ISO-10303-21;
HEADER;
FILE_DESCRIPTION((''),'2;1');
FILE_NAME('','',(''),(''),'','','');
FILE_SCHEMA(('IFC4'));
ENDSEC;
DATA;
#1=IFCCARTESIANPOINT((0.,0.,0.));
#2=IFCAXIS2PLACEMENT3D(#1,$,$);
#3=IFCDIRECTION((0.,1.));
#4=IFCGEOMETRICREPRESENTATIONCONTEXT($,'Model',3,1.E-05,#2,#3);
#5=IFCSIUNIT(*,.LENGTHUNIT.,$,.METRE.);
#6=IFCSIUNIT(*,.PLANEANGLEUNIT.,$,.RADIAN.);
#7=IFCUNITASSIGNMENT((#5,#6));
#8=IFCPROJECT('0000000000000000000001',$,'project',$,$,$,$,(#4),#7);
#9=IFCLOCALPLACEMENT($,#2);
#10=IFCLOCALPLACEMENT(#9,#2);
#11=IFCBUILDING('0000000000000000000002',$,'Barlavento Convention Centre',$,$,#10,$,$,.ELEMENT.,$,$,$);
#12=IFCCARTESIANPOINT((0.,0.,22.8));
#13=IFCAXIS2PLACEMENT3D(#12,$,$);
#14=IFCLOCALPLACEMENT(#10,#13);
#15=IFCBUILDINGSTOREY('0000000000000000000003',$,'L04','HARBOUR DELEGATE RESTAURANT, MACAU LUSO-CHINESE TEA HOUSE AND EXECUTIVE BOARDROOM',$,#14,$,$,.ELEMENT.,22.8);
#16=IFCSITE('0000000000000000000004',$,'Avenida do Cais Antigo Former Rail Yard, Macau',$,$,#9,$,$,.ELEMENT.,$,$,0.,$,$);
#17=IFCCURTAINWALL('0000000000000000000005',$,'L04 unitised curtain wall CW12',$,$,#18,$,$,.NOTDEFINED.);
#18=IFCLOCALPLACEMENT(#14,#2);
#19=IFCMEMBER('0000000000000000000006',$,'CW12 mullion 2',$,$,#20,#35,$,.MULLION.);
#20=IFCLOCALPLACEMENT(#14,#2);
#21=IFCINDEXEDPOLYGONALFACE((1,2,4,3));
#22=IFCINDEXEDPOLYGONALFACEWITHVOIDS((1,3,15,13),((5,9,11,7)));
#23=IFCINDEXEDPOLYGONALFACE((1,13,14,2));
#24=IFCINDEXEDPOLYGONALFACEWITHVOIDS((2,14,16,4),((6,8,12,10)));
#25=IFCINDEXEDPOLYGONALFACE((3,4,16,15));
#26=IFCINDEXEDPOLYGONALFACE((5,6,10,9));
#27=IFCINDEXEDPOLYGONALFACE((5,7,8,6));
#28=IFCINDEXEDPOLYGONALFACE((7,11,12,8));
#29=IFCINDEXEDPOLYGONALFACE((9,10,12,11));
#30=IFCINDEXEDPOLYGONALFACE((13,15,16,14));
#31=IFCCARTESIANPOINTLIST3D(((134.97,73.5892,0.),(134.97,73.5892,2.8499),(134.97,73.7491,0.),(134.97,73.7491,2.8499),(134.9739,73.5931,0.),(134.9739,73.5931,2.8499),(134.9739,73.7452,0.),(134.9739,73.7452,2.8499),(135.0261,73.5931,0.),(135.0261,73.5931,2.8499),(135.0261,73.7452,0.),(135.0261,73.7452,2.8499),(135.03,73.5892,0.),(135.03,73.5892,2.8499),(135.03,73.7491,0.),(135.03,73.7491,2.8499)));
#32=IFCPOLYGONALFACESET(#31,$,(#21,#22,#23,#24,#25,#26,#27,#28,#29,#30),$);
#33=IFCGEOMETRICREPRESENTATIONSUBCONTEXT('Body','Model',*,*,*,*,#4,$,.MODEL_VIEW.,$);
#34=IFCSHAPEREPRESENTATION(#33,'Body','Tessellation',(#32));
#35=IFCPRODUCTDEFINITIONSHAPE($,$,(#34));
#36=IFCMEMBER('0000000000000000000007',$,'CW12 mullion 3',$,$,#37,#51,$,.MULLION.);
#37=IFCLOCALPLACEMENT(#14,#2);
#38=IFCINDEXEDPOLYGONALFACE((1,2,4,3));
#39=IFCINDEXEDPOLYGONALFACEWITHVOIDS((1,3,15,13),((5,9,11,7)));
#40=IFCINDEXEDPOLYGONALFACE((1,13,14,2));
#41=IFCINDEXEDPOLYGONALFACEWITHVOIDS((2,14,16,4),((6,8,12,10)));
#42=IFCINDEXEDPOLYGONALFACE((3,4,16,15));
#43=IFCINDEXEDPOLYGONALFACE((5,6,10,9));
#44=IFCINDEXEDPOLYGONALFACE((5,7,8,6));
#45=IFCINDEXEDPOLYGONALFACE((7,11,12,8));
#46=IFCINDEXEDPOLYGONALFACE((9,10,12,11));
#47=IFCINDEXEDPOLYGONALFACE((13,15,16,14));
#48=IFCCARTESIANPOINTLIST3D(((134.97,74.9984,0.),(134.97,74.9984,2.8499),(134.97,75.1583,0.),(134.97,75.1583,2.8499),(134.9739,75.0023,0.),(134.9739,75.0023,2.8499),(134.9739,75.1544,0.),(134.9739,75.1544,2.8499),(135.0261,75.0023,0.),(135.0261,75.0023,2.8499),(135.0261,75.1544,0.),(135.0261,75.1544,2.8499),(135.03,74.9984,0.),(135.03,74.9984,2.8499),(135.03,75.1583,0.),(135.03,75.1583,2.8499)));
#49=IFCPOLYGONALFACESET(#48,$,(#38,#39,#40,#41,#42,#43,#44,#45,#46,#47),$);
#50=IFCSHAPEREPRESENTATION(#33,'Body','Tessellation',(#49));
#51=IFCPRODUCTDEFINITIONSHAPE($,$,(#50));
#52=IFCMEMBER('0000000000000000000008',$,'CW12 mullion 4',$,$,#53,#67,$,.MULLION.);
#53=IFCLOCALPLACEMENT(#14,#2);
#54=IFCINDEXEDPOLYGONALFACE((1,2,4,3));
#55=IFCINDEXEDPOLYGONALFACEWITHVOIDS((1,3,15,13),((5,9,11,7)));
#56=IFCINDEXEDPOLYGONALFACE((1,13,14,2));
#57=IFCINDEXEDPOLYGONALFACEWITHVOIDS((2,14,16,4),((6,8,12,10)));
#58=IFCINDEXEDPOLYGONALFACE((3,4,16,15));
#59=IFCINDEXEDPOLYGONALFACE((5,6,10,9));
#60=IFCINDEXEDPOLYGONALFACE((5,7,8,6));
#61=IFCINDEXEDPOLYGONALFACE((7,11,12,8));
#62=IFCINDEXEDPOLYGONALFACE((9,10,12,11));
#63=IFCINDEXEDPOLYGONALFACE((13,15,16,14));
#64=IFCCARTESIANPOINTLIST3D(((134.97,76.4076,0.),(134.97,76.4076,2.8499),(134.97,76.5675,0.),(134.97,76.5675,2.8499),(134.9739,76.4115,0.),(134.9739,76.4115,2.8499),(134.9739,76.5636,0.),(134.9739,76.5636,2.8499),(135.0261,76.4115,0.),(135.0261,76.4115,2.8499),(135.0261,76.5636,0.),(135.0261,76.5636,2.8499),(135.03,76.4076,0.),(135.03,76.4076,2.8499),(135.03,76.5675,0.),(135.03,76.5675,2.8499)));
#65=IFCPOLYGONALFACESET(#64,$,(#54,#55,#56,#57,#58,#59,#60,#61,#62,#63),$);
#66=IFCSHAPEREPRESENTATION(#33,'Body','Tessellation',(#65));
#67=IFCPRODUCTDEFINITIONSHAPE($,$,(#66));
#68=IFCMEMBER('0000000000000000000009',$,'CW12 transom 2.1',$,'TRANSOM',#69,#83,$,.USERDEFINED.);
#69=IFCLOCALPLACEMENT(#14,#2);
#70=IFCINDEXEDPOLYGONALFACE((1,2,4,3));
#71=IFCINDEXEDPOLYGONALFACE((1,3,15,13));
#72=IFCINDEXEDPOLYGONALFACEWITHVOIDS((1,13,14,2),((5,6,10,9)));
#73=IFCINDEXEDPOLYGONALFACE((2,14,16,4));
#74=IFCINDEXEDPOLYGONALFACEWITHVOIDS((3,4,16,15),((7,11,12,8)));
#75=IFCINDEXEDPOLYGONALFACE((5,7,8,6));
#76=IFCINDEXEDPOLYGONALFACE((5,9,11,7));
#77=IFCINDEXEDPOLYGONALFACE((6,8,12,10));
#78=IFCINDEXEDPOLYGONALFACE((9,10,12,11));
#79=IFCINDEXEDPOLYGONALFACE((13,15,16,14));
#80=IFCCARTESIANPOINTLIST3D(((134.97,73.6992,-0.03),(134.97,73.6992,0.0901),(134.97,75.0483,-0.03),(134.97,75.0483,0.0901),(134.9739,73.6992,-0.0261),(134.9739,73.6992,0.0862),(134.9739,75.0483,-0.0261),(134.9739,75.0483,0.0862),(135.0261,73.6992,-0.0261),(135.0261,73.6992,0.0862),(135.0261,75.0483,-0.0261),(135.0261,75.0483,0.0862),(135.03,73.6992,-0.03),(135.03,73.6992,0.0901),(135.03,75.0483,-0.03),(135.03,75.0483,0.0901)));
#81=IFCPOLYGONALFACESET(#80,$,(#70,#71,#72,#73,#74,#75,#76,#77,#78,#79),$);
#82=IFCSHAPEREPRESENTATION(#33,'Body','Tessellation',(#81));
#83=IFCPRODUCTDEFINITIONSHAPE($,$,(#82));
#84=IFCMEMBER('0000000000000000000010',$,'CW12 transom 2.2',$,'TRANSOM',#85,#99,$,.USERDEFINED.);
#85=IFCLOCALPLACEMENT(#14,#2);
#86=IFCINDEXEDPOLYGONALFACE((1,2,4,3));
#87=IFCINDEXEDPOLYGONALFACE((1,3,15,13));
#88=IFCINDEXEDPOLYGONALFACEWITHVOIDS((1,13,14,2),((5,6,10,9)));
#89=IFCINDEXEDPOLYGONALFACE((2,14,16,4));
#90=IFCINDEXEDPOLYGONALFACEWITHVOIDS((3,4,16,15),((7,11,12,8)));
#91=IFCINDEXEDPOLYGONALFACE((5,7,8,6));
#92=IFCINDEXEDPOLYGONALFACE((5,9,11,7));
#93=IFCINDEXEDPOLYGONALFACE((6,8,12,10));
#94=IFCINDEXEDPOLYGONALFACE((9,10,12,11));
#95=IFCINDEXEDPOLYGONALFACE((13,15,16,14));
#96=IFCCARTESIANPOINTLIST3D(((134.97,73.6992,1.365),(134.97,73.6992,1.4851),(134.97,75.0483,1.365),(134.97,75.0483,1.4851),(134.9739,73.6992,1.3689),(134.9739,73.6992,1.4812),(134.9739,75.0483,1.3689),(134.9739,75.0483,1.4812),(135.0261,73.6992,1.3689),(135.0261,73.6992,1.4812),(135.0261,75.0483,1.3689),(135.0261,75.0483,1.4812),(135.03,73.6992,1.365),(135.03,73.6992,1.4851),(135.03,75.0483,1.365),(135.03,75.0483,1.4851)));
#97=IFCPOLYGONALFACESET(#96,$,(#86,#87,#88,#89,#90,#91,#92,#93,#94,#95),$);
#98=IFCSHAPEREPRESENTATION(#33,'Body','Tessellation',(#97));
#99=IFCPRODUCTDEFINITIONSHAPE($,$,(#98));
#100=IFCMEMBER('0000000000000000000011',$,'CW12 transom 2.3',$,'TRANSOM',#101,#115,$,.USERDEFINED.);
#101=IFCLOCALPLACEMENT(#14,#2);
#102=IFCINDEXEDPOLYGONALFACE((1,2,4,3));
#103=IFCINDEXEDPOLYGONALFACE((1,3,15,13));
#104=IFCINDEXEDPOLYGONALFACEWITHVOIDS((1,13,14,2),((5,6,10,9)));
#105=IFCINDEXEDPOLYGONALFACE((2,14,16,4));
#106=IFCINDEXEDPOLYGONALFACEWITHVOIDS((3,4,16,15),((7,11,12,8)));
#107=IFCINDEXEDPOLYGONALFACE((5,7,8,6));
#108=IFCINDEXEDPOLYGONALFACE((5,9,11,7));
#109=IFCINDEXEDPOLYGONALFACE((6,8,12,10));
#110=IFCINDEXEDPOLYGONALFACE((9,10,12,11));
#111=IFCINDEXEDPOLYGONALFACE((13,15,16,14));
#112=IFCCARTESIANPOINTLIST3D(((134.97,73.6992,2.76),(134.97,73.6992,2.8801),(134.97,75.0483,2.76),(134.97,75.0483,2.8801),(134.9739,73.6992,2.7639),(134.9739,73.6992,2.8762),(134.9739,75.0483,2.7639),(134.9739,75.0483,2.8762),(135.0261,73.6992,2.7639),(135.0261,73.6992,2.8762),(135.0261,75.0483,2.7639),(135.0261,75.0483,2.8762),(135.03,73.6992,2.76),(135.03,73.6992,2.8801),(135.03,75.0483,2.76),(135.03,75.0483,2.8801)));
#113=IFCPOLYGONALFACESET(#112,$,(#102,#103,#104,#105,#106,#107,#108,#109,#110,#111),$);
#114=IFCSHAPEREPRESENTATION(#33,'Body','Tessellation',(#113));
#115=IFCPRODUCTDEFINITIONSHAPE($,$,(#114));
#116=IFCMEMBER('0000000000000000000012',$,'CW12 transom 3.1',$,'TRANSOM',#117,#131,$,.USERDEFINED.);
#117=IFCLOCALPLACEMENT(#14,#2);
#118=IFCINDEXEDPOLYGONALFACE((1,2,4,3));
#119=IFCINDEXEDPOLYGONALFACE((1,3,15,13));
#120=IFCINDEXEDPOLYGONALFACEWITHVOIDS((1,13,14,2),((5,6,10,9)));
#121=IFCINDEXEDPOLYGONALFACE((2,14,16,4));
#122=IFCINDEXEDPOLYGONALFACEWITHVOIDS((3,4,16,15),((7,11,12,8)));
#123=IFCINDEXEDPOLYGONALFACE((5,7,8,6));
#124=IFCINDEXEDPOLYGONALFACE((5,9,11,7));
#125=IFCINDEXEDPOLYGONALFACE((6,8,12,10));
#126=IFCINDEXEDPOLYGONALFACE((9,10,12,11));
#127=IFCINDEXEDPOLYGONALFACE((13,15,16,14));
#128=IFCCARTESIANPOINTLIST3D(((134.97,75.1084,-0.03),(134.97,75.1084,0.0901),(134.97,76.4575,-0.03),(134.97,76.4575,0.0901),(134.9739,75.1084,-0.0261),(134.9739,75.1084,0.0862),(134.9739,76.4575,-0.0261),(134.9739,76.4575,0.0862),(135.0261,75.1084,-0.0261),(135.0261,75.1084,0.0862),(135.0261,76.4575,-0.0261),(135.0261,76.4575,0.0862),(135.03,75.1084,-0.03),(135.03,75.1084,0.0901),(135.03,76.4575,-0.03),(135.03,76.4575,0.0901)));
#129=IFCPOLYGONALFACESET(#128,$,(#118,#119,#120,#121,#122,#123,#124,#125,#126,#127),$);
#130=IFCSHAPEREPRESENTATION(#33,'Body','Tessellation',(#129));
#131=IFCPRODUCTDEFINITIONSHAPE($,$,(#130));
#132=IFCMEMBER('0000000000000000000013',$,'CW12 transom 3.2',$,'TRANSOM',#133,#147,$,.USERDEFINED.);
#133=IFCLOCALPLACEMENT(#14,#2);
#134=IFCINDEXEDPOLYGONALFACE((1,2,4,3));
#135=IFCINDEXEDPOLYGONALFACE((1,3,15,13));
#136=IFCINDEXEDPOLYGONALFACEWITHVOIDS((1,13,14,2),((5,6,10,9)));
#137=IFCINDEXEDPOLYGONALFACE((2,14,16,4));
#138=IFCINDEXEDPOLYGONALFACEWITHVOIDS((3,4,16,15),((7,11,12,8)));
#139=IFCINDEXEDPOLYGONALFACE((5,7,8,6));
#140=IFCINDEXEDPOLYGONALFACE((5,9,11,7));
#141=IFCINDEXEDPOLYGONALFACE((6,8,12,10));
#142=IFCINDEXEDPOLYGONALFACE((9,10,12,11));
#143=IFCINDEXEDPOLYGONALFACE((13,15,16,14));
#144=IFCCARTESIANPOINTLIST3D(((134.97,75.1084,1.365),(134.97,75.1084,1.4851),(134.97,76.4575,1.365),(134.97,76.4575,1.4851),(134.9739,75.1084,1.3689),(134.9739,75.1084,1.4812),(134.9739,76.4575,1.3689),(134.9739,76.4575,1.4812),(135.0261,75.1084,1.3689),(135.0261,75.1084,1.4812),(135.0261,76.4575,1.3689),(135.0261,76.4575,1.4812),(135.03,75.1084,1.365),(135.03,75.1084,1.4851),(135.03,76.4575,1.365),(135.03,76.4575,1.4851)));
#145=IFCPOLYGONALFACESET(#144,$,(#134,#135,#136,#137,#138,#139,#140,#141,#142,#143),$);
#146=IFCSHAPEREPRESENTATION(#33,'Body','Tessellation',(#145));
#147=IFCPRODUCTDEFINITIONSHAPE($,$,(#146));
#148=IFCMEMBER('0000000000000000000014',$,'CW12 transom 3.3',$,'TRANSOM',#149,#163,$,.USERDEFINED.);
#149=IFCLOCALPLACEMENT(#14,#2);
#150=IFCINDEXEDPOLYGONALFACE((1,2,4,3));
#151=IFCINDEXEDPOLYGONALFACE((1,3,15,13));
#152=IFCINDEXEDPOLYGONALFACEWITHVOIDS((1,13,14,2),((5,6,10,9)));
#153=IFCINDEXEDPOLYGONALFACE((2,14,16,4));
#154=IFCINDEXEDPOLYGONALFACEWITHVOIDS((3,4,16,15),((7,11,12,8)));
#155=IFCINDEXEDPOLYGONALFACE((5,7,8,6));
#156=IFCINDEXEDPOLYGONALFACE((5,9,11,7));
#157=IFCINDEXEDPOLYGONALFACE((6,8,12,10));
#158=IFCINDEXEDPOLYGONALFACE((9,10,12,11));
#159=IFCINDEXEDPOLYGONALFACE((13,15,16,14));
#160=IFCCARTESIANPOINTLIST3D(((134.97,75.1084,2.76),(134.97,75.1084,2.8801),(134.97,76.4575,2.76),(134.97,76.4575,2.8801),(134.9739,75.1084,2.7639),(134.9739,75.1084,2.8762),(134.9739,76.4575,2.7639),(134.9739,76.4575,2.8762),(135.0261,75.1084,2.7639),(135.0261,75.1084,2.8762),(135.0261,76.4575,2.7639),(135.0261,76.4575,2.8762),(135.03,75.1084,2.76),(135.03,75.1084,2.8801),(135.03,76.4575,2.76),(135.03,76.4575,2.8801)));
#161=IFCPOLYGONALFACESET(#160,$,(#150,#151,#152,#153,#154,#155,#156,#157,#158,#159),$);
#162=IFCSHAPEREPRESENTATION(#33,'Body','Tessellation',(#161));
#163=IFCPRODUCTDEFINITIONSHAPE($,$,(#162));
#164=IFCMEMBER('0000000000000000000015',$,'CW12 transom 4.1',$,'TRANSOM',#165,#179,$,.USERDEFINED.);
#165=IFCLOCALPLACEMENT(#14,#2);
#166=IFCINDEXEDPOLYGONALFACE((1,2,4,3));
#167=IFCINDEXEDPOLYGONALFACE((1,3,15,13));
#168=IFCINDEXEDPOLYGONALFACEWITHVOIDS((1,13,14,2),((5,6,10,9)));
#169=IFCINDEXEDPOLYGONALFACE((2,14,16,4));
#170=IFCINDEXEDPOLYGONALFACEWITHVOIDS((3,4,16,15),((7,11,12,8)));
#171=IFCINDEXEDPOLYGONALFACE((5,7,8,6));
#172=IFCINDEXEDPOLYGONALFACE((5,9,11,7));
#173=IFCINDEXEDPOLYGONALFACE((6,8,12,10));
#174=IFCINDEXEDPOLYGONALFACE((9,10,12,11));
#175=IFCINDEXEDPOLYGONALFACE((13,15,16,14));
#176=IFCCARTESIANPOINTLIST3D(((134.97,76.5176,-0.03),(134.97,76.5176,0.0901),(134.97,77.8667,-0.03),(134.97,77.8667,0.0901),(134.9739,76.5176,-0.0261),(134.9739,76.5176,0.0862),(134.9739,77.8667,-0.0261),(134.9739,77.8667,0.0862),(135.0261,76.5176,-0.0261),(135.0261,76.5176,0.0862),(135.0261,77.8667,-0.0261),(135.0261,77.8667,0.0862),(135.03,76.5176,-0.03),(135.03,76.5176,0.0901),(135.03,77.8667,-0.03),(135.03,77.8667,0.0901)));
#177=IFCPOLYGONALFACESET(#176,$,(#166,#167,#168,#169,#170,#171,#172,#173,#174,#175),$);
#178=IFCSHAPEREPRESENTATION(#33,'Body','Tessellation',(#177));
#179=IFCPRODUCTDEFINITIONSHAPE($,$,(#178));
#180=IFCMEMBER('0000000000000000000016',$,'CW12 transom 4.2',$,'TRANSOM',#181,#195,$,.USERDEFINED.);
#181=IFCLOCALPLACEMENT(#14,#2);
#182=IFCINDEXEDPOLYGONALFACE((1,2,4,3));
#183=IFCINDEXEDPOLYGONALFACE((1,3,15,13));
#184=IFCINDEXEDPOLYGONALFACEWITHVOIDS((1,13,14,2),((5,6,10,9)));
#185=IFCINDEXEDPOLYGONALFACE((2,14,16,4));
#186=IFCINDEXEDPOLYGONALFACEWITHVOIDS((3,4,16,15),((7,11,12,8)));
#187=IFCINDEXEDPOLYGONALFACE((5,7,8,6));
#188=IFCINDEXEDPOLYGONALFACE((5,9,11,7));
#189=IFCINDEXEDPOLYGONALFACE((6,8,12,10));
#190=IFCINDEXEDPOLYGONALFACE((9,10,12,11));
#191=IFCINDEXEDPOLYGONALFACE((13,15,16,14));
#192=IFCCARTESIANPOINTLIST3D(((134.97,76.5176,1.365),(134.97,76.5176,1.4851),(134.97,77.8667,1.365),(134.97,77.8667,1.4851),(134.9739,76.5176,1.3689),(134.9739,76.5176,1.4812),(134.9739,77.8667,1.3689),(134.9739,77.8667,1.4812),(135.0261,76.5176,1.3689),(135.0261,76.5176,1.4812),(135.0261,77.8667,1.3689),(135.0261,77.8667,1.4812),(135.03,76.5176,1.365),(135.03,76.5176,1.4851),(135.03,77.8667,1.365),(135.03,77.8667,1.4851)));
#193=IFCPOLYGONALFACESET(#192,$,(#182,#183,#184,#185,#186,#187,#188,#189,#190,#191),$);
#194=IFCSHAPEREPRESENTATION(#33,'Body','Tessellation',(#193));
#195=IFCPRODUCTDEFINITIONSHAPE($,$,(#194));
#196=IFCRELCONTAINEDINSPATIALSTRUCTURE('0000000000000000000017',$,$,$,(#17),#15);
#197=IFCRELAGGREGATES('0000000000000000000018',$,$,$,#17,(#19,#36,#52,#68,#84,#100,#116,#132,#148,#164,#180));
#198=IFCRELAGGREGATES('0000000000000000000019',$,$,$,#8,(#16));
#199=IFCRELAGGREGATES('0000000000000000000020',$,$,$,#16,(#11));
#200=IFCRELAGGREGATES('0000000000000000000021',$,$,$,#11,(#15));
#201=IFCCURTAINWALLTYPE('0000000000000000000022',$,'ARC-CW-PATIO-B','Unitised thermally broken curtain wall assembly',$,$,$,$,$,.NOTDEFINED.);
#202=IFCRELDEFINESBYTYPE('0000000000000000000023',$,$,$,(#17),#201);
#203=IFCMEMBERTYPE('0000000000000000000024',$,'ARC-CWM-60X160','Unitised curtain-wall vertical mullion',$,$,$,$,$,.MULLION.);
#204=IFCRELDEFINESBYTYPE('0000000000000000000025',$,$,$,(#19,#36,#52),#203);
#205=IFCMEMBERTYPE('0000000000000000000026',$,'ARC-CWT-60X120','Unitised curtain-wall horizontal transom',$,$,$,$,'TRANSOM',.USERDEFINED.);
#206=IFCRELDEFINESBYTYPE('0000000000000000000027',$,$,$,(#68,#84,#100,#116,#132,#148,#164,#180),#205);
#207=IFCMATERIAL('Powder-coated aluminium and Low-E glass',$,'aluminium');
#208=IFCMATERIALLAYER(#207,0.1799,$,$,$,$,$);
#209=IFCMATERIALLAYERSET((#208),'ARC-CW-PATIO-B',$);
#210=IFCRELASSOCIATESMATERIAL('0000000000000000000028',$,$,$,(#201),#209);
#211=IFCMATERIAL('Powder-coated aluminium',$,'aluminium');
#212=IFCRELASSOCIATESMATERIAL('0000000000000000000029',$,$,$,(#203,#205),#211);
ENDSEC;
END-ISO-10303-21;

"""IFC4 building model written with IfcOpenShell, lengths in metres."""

from ifc_helpers import new_model, si_unit, direction, frame, origin, origin_2d, place, context, subcontext, project, spatial, hollow_rectangle, extrude, material, layer, layer_set, material_profile, profile_set, type_object, element, aggregate, save


model = new_model("IFC4")

# Units and contexts
model_context = context("Model", 3, precision=1e-05, world=origin(), true_north=direction((0.0, 1.0)))
body_context = subcontext(model_context, "Body", "Model", "MODEL_VIEW")
ifc_project = project(units=[si_unit("LENGTHUNIT", "METRE"), si_unit("PLANEANGLEUNIT", "RADIAN")], contexts=[model_context])

# Site, building, storey
site_placement = place(None, origin())
site = spatial("IfcSite", under=ifc_project, at=site_placement, Name="Avenida do Cais Antigo Former Rail Yard, Macau", CompositionType="ELEMENT", RefElevation=0.0)
building_placement = place(site_placement, origin())
building = spatial("IfcBuilding", under=site, at=building_placement, Name="Barlavento Convention Centre", CompositionType="ELEMENT")
storey_placement = place(building_placement, frame((0.0, 0.0, 22.8)))
storey = spatial("IfcBuildingStorey", under=building, at=storey_placement, Name="L04", Description="HARBOUR DELEGATE RESTAURANT, MACAU LUSO-CHINESE TEA HOUSE AND EXECUTIVE BOARDROOM", CompositionType="ELEMENT", Elevation=22.8)

# Curtain wall, members
ifc_material_1 = material(Name="Powder-coated aluminium and Low-E glass", Category="aluminium")
ifc_layer_1 = layer(ifc_material_1, 0.1799)
ifc_layer_set_1 = layer_set([ifc_layer_1], Name="ARC-CW-PATIO-B")
curtain_wall_type = type_object("IfcCurtainWallType", Name="ARC-CW-PATIO-B", Description="Unitised thermally broken curtain wall assembly", PredefinedType="NOTDEFINED", material=ifc_layer_set_1)
curtain_wall_placement = place(storey_placement, origin())
curtain_wall = element("IfcCurtainWall", 1, at=curtain_wall_placement, inside=storey, type_object=curtain_wall_type, Name="L04 unitised curtain wall CW12", PredefinedType="NOTDEFINED")
ifc_material_2 = material(Name="Powder-coated aluminium", Category="aluminium")
ifc_material_profile_1 = material_profile(ifc_material_2, hollow_rectangle(XDim=0.0601, YDim=0.1599, WallThickness=0.0039, at=origin_2d()), Name="AL-MULL 60x160x4")
ifc_profile_set_1 = profile_set([ifc_material_profile_1], Name="Powder-coated aluminium")
member_type_1 = type_object("IfcMemberType", Name="ARC-CWM-60X160", Description="Unitised curtain-wall vertical mullion", PredefinedType="MULLION", material=ifc_profile_set_1)
member_1_placement = place(storey_placement, frame((135.0, 73.6692, 0.0), z_axis=(0.0, 0.0, 1.0), x_axis=(-1.0, 0.0, 0.0)))
member_1 = element("IfcMember", 2, at=member_1_placement, type_object=member_type_1, Name="CW12 mullion 2", PredefinedType="MULLION", context=body_context, shape_type="SweptSolid", body=[
    extrude(hollow_rectangle(XDim=0.0601, YDim=0.1599, WallThickness=0.0039, at=origin_2d()), origin(), (0.0, 0.0, 1.0), 2.8499),
])
member_2_placement = place(storey_placement, frame((135.0, 75.0784, 0.0), z_axis=(0.0, 0.0, 1.0), x_axis=(-1.0, 0.0, 0.0)))
member_2 = element("IfcMember", 3, at=member_2_placement, type_object=member_type_1, Name="CW12 mullion 3", PredefinedType="MULLION", context=body_context, shape_type="SweptSolid", body=[
    extrude(hollow_rectangle(XDim=0.0601, YDim=0.1599, WallThickness=0.0039, at=origin_2d()), origin(), (0.0, 0.0, 1.0), 2.8499),
])
member_3_placement = place(storey_placement, frame((135.0, 76.4875, 0.0), z_axis=(0.0, 0.0, 1.0), x_axis=(-1.0, 0.0, 0.0)))
member_3 = element("IfcMember", 4, at=member_3_placement, type_object=member_type_1, Name="CW12 mullion 4", PredefinedType="MULLION", context=body_context, shape_type="SweptSolid", body=[
    extrude(hollow_rectangle(XDim=0.0601, YDim=0.1599, WallThickness=0.0039, at=origin_2d()), origin(), (0.0, 0.0, 1.0), 2.8499),
])
ifc_material_profile_2 = material_profile(ifc_material_2, hollow_rectangle(XDim=0.0601, YDim=0.1201, WallThickness=0.0039, at=origin_2d()), Name="AL-TRAN 60x120x4")
ifc_profile_set_2 = profile_set([ifc_material_profile_2], Name="Powder-coated aluminium")
member_type_2 = type_object("IfcMemberType", Name="ARC-CWT-60X120", Description="Unitised curtain-wall horizontal transom", ElementType="TRANSOM", PredefinedType="USERDEFINED", material=ifc_profile_set_2)
member_4_placement = place(storey_placement, frame((135.0, 73.6992, 0.03), z_axis=(0.0, 1.0, 0.0), x_axis=(-1.0, 0.0, 0.0)))
member_4 = element("IfcMember", 5, at=member_4_placement, type_object=member_type_2, Name="CW12 transom 2.1", ObjectType="TRANSOM", PredefinedType="USERDEFINED", context=body_context, shape_type="SweptSolid", body=[
    extrude(hollow_rectangle(XDim=0.0601, YDim=0.1201, WallThickness=0.0039, at=origin_2d()), origin(), (0.0, 0.0, 1.0), 1.3491),
])
member_5_placement = place(storey_placement, frame((135.0, 73.6992, 1.425), z_axis=(0.0, 1.0, 0.0), x_axis=(-1.0, 0.0, 0.0)))
member_5 = element("IfcMember", 6, at=member_5_placement, type_object=member_type_2, Name="CW12 transom 2.2", ObjectType="TRANSOM", PredefinedType="USERDEFINED", context=body_context, shape_type="SweptSolid", body=[
    extrude(hollow_rectangle(XDim=0.0601, YDim=0.1201, WallThickness=0.0039, at=origin_2d()), origin(), (0.0, 0.0, 1.0), 1.3491),
])
member_6_placement = place(storey_placement, frame((135.0, 73.6992, 2.8201), z_axis=(0.0, 1.0, 0.0), x_axis=(-1.0, 0.0, 0.0)))
member_6 = element("IfcMember", 7, at=member_6_placement, type_object=member_type_2, Name="CW12 transom 2.3", ObjectType="TRANSOM", PredefinedType="USERDEFINED", context=body_context, shape_type="SweptSolid", body=[
    extrude(hollow_rectangle(XDim=0.0601, YDim=0.1201, WallThickness=0.0039, at=origin_2d()), origin(), (0.0, 0.0, 1.0), 1.3491),
])
member_7_placement = place(storey_placement, frame((135.0, 75.1084, 0.03), z_axis=(0.0, 1.0, 0.0), x_axis=(-1.0, 0.0, 0.0)))
member_7 = element("IfcMember", 8, at=member_7_placement, type_object=member_type_2, Name="CW12 transom 3.1", ObjectType="TRANSOM", PredefinedType="USERDEFINED", context=body_context, shape_type="SweptSolid", body=[
    extrude(hollow_rectangle(XDim=0.0601, YDim=0.1201, WallThickness=0.0039, at=origin_2d()), origin(), (0.0, 0.0, 1.0), 1.3491),
])
member_8_placement = place(storey_placement, frame((135.0, 75.1084, 1.425), z_axis=(0.0, 1.0, 0.0), x_axis=(-1.0, 0.0, 0.0)))
member_8 = element("IfcMember", 9, at=member_8_placement, type_object=member_type_2, Name="CW12 transom 3.2", ObjectType="TRANSOM", PredefinedType="USERDEFINED", context=body_context, shape_type="SweptSolid", body=[
    extrude(hollow_rectangle(XDim=0.0601, YDim=0.1201, WallThickness=0.0039, at=origin_2d()), origin(), (0.0, 0.0, 1.0), 1.3491),
])
member_9_placement = place(storey_placement, frame((135.0, 75.1084, 2.8201), z_axis=(0.0, 1.0, 0.0), x_axis=(-1.0, 0.0, 0.0)))
member_9 = element("IfcMember", 10, at=member_9_placement, type_object=member_type_2, Name="CW12 transom 3.3", ObjectType="TRANSOM", PredefinedType="USERDEFINED", context=body_context, shape_type="SweptSolid", body=[
    extrude(hollow_rectangle(XDim=0.0601, YDim=0.1201, WallThickness=0.0039, at=origin_2d()), origin(), (0.0, 0.0, 1.0), 1.3491),
])
member_10_placement = place(storey_placement, frame((135.0, 76.5176, 0.03), z_axis=(0.0, 1.0, 0.0), x_axis=(-1.0, 0.0, 0.0)))
member_10 = element("IfcMember", 11, at=member_10_placement, type_object=member_type_2, Name="CW12 transom 4.1", ObjectType="TRANSOM", PredefinedType="USERDEFINED", context=body_context, shape_type="SweptSolid", body=[
    extrude(hollow_rectangle(XDim=0.0601, YDim=0.1201, WallThickness=0.0039, at=origin_2d()), origin(), (0.0, 0.0, 1.0), 1.3491),
])
member_11_placement = place(storey_placement, frame((135.0, 76.5176, 1.425), z_axis=(0.0, 1.0, 0.0), x_axis=(-1.0, 0.0, 0.0)))
member_11 = element("IfcMember", 12, at=member_11_placement, type_object=member_type_2, Name="CW12 transom 4.2", ObjectType="TRANSOM", PredefinedType="USERDEFINED", context=body_context, shape_type="SweptSolid", body=[
    extrude(hollow_rectangle(XDim=0.0601, YDim=0.1201, WallThickness=0.0039, at=origin_2d()), origin(), (0.0, 0.0, 1.0), 1.3491),
])
aggregate(curtain_wall, [member_1, member_2, member_3, member_4, member_5, member_6, member_7, member_8, member_9, member_10, member_11])

save(model, "model.ifc")
